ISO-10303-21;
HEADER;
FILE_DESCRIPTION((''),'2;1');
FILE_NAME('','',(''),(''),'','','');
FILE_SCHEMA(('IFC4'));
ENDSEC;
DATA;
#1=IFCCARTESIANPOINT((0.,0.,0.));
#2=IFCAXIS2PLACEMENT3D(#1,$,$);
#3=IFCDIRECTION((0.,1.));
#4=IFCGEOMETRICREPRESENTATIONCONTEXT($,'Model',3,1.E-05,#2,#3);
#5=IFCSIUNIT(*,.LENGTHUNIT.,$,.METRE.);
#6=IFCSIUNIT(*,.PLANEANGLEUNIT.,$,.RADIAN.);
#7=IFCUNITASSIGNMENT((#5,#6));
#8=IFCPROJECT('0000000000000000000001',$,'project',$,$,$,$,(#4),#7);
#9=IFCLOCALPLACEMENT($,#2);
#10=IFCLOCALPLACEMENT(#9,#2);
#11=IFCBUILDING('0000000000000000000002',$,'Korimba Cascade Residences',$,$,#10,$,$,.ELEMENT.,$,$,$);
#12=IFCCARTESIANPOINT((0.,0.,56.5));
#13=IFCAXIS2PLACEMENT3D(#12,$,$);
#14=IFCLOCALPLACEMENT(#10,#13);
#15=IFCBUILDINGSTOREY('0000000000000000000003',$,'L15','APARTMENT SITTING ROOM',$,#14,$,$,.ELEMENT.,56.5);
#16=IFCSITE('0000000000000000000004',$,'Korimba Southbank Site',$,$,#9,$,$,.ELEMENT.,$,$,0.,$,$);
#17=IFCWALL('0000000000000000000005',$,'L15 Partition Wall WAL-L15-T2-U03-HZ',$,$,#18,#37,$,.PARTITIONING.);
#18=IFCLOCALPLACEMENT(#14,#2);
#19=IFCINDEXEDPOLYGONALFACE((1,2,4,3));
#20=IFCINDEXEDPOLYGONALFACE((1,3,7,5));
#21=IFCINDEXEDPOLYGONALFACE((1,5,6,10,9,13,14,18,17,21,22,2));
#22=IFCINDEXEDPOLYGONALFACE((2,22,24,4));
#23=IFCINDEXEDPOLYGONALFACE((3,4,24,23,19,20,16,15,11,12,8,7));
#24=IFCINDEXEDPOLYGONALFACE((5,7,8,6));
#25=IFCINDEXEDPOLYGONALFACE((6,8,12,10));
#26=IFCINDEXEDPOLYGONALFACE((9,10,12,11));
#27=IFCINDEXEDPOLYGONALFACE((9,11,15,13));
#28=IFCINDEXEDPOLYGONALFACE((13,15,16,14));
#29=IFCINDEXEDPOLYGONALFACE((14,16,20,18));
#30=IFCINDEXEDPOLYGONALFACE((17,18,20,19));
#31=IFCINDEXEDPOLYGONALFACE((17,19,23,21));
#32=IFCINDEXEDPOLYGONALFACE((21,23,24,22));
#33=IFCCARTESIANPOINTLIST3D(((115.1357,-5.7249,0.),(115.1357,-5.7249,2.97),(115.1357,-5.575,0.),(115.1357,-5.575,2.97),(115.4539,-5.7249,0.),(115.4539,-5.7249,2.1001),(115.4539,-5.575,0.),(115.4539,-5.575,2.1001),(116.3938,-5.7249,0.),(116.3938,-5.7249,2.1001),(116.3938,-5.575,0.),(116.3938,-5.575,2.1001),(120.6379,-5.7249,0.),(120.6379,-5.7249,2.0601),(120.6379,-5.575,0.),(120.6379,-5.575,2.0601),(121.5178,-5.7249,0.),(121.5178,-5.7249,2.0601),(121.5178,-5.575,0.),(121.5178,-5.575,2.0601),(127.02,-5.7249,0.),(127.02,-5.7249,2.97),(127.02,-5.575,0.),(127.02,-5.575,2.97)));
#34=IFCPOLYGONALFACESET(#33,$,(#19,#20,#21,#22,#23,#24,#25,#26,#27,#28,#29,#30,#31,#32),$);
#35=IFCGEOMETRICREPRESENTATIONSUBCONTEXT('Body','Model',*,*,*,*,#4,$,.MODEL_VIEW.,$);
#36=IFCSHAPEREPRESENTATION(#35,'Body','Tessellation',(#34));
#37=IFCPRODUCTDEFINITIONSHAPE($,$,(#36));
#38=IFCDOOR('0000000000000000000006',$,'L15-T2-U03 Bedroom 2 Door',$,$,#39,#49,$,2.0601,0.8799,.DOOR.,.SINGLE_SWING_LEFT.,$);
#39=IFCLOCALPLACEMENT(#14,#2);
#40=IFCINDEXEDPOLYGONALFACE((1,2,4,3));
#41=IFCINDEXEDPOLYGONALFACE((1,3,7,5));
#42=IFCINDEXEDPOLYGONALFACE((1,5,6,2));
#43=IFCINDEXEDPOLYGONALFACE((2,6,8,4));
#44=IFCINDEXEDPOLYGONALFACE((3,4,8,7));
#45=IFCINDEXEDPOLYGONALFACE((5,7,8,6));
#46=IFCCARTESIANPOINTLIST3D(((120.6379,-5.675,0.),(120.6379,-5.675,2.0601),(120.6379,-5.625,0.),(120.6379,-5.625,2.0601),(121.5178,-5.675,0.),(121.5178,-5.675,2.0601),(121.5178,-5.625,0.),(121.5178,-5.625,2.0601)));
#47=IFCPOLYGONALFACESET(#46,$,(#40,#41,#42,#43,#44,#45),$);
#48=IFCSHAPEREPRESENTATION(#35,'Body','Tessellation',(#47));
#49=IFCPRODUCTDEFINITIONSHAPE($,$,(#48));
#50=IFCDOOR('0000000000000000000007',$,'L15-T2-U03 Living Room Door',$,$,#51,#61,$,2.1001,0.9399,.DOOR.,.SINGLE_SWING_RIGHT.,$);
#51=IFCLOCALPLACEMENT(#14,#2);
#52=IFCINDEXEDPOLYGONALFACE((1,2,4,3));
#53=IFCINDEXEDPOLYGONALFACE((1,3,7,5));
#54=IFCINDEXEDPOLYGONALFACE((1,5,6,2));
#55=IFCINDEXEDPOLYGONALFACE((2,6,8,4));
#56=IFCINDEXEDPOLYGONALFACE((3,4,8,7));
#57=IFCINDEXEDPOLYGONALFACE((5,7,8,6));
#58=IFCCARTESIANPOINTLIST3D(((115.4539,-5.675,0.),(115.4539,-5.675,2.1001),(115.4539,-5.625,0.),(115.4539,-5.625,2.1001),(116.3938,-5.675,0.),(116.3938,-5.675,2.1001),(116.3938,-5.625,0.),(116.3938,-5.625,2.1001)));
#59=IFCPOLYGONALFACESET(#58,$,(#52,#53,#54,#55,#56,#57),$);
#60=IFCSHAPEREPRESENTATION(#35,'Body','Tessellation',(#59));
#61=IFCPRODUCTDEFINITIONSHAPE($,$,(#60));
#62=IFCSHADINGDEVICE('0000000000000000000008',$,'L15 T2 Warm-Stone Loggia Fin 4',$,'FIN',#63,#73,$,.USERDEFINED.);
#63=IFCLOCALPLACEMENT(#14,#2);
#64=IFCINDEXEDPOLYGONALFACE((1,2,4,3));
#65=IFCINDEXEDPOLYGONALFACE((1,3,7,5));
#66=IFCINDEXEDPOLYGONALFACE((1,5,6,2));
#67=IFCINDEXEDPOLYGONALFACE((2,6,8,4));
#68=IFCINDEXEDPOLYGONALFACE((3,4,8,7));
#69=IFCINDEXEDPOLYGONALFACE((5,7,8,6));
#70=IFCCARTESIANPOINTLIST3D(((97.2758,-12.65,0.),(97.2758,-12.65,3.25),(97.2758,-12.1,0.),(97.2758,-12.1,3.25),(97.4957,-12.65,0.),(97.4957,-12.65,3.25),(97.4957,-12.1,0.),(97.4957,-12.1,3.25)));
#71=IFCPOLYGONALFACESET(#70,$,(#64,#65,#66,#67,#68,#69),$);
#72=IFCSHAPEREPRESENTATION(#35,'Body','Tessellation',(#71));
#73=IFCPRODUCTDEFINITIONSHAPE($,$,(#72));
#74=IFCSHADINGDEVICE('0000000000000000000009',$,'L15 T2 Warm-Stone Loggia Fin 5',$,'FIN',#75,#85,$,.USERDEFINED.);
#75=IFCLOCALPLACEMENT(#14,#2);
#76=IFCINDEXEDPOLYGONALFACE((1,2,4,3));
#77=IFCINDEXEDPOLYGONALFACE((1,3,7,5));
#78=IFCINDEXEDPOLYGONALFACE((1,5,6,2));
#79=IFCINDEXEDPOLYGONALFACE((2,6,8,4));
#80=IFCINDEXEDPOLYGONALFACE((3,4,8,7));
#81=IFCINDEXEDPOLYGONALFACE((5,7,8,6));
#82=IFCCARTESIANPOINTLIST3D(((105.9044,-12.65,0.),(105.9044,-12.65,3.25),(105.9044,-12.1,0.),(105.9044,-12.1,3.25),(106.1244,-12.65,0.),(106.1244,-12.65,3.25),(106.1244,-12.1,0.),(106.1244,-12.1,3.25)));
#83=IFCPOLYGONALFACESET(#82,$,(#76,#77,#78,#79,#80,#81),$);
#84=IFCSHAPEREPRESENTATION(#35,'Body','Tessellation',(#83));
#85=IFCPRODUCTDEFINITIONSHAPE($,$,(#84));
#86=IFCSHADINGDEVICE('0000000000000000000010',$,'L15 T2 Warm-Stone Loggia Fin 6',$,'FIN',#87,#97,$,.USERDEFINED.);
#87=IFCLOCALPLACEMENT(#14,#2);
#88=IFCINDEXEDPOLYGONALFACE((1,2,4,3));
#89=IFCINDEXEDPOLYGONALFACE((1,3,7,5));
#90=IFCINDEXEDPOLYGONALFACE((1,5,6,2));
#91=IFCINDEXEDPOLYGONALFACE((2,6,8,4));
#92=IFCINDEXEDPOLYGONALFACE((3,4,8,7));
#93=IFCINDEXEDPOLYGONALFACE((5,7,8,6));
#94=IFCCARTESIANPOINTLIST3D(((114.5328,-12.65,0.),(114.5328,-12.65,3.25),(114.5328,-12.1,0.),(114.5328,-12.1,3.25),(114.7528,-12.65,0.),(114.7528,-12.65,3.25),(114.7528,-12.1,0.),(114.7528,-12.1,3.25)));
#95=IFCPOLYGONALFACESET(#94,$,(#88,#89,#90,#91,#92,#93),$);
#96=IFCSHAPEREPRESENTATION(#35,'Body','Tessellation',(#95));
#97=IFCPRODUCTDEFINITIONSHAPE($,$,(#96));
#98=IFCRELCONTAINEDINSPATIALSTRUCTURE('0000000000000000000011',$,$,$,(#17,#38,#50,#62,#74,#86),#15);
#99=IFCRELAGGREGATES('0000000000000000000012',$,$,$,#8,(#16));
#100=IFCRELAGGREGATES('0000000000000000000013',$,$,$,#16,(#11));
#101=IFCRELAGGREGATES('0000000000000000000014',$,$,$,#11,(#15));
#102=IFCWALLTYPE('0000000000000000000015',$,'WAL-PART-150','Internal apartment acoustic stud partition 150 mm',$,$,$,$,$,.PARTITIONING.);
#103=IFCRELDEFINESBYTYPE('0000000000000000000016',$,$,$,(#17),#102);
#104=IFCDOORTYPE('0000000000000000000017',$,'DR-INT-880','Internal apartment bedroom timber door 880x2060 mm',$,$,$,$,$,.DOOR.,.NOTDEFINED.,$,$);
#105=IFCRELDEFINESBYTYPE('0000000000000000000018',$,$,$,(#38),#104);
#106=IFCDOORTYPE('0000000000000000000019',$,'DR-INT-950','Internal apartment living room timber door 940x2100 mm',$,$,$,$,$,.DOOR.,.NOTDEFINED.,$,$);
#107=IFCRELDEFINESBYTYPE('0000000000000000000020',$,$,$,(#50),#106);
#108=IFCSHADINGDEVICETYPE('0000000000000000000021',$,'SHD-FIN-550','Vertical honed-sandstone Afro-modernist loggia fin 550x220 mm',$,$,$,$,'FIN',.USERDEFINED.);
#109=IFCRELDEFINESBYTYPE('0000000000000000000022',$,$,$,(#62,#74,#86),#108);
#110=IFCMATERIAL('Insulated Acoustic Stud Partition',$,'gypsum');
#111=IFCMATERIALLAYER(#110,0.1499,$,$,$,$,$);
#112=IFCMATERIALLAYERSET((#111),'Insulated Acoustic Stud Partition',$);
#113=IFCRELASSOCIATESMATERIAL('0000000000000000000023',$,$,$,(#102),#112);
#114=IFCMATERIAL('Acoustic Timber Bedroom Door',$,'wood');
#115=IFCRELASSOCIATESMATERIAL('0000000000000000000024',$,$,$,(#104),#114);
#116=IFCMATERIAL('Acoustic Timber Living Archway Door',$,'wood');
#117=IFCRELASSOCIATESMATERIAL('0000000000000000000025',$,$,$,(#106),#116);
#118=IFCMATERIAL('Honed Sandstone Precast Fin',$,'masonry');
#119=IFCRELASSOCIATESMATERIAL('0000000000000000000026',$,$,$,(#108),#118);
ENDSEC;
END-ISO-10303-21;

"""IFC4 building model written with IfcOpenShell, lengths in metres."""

from ifc_helpers import new_model, si_unit, direction, frame, frame_2d, origin, origin_2d, place, context, subcontext, project, spatial, rectangle, extrude, material, layer, layer_set, type_object, element, fill, save


model = new_model("IFC4")

# Units and contexts
model_context = context("Model", 3, precision=1e-05, world=origin(), true_north=direction((0.0, 1.0)))
body_context = subcontext(model_context, "Body", "Model", "MODEL_VIEW")
ifc_project = project(units=[si_unit("LENGTHUNIT", "METRE"), si_unit("PLANEANGLEUNIT", "RADIAN")], contexts=[model_context])

# Site, building, storey
site_placement = place(None, origin())
site = spatial("IfcSite", under=ifc_project, at=site_placement, Name="Korimba Southbank Site", CompositionType="ELEMENT", RefElevation=0.0)
building_placement = place(site_placement, origin())
building = spatial("IfcBuilding", under=site, at=building_placement, Name="Korimba Cascade Residences", CompositionType="ELEMENT")
storey_placement = place(building_placement, frame((0.0, 0.0, 56.5)))
storey = spatial("IfcBuildingStorey", under=building, at=storey_placement, Name="L15", Description="APARTMENT SITTING ROOM", CompositionType="ELEMENT", Elevation=56.5)

# Shared definitions
ifc_material_1 = material(Name="Insulated Acoustic Stud Partition", Category="gypsum")
ifc_layer_1 = layer(ifc_material_1, 0.1499)
ifc_layer_set_1 = layer_set([ifc_layer_1], Name="Insulated Acoustic Stud Partition")
wall_type_1 = type_object("IfcWallType", Name="WAL-PART-150", Description="Internal apartment acoustic stud partition 150 mm", PredefinedType="PARTITIONING", material=ifc_layer_set_1)

# Wall, openings, doors
wall_1_placement = place(storey_placement, frame((115.1357, -5.6499, 0.0), z_axis=(0.0, 0.0, 1.0), x_axis=(1.0, 0.0, 0.0)))
wall_1 = element("IfcWall", 1, at=wall_1_placement, inside=storey, type_object=wall_type_1, Name="L15 Partition Wall WAL-L15-T2-U03-HZ", PredefinedType="PARTITIONING", context=body_context, shape_type="SweptSolid", body=[
    extrude(rectangle(XDim=11.8843, YDim=0.1499, at=frame_2d((5.9421, 0.0))), origin(), (0.0, 0.0, 1.0), 2.97),
])
opening_1_placement = place(wall_1_placement, frame((0.3181, 0.0, 0.0)))
opening_1 = element("IfcOpeningElement", 2, at=opening_1_placement, cuts=wall_1, PredefinedType="OPENING", context=body_context, shape_type="SweptSolid", body=[
    extrude(rectangle(XDim=0.9399, YDim=2.1001, at=frame_2d((0.47, 1.05))), frame((0.0, 0.085, 0.0), z_axis=(0.0, -1.0, 0.0), x_axis=(1.0, 0.0, 0.0)), (0.0, 0.0, 1.0), 0.1699),
])
opening_2_placement = place(wall_1_placement, frame((5.5022, 0.0, 0.0)))
opening_2 = element("IfcOpeningElement", 3, at=opening_2_placement, cuts=wall_1, PredefinedType="OPENING", context=body_context, shape_type="SweptSolid", body=[
    extrude(rectangle(XDim=0.8799, YDim=2.0601, at=frame_2d((0.4399, 1.03))), frame((0.0, 0.085, 0.0), z_axis=(0.0, -1.0, 0.0), x_axis=(1.0, 0.0, 0.0)), (0.0, 0.0, 1.0), 0.1699),
])
ifc_material_2 = material(Name="Acoustic Timber Bedroom Door", Category="wood")
door_type_1 = type_object("IfcDoorType", Name="DR-INT-880", Description="Internal apartment bedroom timber door 880x2060 mm", OperationType="NOTDEFINED", PredefinedType="DOOR", material=ifc_material_2)
door_1_placement = place(opening_2_placement, origin())
door_1 = element("IfcDoor", 4, at=door_1_placement, inside=storey, type_object=door_type_1, Name="L15-T2-U03 Bedroom 2 Door", OperationType="SINGLE_SWING_LEFT", OverallHeight=2.0601, OverallWidth=0.8799, PredefinedType="DOOR", context=body_context, shape_type="SweptSolid", body=[
    extrude(rectangle(XDim=0.8799, YDim=2.0601, at=frame_2d((0.4399, 1.03))), frame((0.0, 0.0249, 0.0), z_axis=(0.0, -1.0, 0.0), x_axis=(1.0, 0.0, 0.0)), (0.0, 0.0, 1.0), 0.05),
])
fill(opening_2, door_1)
ifc_material_3 = material(Name="Acoustic Timber Living Archway Door", Category="wood")
door_type_2 = type_object("IfcDoorType", Name="DR-INT-950", Description="Internal apartment living room timber door 940x2100 mm", OperationType="NOTDEFINED", PredefinedType="DOOR", material=ifc_material_3)
door_2_placement = place(opening_1_placement, origin())
door_2 = element("IfcDoor", 5, at=door_2_placement, inside=storey, type_object=door_type_2, Name="L15-T2-U03 Living Room Door", OperationType="SINGLE_SWING_RIGHT", OverallHeight=2.1001, OverallWidth=0.9399, PredefinedType="DOOR", context=body_context, shape_type="SweptSolid", body=[
    extrude(rectangle(XDim=0.9399, YDim=2.1001, at=frame_2d((0.47, 1.05))), frame((0.0, 0.0249, 0.0), z_axis=(0.0, -1.0, 0.0), x_axis=(1.0, 0.0, 0.0)), (0.0, 0.0, 1.0), 0.05),
])
fill(opening_1, door_2)

# Shading devices
ifc_material_4 = material(Name="Honed Sandstone Precast Fin", Category="masonry")
shading_device_type = type_object("IfcShadingDeviceType", Name="SHD-FIN-550", Description="Vertical honed-sandstone Afro-modernist loggia fin 550x220 mm", ElementType="FIN", PredefinedType="USERDEFINED", material=ifc_material_4)
for number, where, z_axis, x_axis, name in (
    (6, (97.3857, -12.375, 0.0), (0.0, 0.0, 1.0), (1.0, 0.0, 0.0), "L15 T2 Warm-Stone Loggia Fin 4"),
    (7, (106.0144, -12.375, 0.0), (0.0, 0.0, 1.0), (1.0, 0.0, 0.0), "L15 T2 Warm-Stone Loggia Fin 5"),
    (8, (114.6428, -12.375, 0.0), (0.0, 0.0, 1.0), (1.0, 0.0, 0.0), "L15 T2 Warm-Stone Loggia Fin 6"),
):
    element("IfcShadingDevice", number, at=place(storey_placement, frame(where, z_axis=z_axis, x_axis=x_axis)), inside=storey, type_object=shading_device_type, Name=name, ObjectType="FIN", PredefinedType="USERDEFINED", context=body_context, shape_type="SweptSolid", body=[
        extrude(rectangle(XDim=0.22, YDim=0.55, at=origin_2d()), origin(), (0.0, 0.0, 1.0), 3.25),
    ])

save(model, "model.ifc")
